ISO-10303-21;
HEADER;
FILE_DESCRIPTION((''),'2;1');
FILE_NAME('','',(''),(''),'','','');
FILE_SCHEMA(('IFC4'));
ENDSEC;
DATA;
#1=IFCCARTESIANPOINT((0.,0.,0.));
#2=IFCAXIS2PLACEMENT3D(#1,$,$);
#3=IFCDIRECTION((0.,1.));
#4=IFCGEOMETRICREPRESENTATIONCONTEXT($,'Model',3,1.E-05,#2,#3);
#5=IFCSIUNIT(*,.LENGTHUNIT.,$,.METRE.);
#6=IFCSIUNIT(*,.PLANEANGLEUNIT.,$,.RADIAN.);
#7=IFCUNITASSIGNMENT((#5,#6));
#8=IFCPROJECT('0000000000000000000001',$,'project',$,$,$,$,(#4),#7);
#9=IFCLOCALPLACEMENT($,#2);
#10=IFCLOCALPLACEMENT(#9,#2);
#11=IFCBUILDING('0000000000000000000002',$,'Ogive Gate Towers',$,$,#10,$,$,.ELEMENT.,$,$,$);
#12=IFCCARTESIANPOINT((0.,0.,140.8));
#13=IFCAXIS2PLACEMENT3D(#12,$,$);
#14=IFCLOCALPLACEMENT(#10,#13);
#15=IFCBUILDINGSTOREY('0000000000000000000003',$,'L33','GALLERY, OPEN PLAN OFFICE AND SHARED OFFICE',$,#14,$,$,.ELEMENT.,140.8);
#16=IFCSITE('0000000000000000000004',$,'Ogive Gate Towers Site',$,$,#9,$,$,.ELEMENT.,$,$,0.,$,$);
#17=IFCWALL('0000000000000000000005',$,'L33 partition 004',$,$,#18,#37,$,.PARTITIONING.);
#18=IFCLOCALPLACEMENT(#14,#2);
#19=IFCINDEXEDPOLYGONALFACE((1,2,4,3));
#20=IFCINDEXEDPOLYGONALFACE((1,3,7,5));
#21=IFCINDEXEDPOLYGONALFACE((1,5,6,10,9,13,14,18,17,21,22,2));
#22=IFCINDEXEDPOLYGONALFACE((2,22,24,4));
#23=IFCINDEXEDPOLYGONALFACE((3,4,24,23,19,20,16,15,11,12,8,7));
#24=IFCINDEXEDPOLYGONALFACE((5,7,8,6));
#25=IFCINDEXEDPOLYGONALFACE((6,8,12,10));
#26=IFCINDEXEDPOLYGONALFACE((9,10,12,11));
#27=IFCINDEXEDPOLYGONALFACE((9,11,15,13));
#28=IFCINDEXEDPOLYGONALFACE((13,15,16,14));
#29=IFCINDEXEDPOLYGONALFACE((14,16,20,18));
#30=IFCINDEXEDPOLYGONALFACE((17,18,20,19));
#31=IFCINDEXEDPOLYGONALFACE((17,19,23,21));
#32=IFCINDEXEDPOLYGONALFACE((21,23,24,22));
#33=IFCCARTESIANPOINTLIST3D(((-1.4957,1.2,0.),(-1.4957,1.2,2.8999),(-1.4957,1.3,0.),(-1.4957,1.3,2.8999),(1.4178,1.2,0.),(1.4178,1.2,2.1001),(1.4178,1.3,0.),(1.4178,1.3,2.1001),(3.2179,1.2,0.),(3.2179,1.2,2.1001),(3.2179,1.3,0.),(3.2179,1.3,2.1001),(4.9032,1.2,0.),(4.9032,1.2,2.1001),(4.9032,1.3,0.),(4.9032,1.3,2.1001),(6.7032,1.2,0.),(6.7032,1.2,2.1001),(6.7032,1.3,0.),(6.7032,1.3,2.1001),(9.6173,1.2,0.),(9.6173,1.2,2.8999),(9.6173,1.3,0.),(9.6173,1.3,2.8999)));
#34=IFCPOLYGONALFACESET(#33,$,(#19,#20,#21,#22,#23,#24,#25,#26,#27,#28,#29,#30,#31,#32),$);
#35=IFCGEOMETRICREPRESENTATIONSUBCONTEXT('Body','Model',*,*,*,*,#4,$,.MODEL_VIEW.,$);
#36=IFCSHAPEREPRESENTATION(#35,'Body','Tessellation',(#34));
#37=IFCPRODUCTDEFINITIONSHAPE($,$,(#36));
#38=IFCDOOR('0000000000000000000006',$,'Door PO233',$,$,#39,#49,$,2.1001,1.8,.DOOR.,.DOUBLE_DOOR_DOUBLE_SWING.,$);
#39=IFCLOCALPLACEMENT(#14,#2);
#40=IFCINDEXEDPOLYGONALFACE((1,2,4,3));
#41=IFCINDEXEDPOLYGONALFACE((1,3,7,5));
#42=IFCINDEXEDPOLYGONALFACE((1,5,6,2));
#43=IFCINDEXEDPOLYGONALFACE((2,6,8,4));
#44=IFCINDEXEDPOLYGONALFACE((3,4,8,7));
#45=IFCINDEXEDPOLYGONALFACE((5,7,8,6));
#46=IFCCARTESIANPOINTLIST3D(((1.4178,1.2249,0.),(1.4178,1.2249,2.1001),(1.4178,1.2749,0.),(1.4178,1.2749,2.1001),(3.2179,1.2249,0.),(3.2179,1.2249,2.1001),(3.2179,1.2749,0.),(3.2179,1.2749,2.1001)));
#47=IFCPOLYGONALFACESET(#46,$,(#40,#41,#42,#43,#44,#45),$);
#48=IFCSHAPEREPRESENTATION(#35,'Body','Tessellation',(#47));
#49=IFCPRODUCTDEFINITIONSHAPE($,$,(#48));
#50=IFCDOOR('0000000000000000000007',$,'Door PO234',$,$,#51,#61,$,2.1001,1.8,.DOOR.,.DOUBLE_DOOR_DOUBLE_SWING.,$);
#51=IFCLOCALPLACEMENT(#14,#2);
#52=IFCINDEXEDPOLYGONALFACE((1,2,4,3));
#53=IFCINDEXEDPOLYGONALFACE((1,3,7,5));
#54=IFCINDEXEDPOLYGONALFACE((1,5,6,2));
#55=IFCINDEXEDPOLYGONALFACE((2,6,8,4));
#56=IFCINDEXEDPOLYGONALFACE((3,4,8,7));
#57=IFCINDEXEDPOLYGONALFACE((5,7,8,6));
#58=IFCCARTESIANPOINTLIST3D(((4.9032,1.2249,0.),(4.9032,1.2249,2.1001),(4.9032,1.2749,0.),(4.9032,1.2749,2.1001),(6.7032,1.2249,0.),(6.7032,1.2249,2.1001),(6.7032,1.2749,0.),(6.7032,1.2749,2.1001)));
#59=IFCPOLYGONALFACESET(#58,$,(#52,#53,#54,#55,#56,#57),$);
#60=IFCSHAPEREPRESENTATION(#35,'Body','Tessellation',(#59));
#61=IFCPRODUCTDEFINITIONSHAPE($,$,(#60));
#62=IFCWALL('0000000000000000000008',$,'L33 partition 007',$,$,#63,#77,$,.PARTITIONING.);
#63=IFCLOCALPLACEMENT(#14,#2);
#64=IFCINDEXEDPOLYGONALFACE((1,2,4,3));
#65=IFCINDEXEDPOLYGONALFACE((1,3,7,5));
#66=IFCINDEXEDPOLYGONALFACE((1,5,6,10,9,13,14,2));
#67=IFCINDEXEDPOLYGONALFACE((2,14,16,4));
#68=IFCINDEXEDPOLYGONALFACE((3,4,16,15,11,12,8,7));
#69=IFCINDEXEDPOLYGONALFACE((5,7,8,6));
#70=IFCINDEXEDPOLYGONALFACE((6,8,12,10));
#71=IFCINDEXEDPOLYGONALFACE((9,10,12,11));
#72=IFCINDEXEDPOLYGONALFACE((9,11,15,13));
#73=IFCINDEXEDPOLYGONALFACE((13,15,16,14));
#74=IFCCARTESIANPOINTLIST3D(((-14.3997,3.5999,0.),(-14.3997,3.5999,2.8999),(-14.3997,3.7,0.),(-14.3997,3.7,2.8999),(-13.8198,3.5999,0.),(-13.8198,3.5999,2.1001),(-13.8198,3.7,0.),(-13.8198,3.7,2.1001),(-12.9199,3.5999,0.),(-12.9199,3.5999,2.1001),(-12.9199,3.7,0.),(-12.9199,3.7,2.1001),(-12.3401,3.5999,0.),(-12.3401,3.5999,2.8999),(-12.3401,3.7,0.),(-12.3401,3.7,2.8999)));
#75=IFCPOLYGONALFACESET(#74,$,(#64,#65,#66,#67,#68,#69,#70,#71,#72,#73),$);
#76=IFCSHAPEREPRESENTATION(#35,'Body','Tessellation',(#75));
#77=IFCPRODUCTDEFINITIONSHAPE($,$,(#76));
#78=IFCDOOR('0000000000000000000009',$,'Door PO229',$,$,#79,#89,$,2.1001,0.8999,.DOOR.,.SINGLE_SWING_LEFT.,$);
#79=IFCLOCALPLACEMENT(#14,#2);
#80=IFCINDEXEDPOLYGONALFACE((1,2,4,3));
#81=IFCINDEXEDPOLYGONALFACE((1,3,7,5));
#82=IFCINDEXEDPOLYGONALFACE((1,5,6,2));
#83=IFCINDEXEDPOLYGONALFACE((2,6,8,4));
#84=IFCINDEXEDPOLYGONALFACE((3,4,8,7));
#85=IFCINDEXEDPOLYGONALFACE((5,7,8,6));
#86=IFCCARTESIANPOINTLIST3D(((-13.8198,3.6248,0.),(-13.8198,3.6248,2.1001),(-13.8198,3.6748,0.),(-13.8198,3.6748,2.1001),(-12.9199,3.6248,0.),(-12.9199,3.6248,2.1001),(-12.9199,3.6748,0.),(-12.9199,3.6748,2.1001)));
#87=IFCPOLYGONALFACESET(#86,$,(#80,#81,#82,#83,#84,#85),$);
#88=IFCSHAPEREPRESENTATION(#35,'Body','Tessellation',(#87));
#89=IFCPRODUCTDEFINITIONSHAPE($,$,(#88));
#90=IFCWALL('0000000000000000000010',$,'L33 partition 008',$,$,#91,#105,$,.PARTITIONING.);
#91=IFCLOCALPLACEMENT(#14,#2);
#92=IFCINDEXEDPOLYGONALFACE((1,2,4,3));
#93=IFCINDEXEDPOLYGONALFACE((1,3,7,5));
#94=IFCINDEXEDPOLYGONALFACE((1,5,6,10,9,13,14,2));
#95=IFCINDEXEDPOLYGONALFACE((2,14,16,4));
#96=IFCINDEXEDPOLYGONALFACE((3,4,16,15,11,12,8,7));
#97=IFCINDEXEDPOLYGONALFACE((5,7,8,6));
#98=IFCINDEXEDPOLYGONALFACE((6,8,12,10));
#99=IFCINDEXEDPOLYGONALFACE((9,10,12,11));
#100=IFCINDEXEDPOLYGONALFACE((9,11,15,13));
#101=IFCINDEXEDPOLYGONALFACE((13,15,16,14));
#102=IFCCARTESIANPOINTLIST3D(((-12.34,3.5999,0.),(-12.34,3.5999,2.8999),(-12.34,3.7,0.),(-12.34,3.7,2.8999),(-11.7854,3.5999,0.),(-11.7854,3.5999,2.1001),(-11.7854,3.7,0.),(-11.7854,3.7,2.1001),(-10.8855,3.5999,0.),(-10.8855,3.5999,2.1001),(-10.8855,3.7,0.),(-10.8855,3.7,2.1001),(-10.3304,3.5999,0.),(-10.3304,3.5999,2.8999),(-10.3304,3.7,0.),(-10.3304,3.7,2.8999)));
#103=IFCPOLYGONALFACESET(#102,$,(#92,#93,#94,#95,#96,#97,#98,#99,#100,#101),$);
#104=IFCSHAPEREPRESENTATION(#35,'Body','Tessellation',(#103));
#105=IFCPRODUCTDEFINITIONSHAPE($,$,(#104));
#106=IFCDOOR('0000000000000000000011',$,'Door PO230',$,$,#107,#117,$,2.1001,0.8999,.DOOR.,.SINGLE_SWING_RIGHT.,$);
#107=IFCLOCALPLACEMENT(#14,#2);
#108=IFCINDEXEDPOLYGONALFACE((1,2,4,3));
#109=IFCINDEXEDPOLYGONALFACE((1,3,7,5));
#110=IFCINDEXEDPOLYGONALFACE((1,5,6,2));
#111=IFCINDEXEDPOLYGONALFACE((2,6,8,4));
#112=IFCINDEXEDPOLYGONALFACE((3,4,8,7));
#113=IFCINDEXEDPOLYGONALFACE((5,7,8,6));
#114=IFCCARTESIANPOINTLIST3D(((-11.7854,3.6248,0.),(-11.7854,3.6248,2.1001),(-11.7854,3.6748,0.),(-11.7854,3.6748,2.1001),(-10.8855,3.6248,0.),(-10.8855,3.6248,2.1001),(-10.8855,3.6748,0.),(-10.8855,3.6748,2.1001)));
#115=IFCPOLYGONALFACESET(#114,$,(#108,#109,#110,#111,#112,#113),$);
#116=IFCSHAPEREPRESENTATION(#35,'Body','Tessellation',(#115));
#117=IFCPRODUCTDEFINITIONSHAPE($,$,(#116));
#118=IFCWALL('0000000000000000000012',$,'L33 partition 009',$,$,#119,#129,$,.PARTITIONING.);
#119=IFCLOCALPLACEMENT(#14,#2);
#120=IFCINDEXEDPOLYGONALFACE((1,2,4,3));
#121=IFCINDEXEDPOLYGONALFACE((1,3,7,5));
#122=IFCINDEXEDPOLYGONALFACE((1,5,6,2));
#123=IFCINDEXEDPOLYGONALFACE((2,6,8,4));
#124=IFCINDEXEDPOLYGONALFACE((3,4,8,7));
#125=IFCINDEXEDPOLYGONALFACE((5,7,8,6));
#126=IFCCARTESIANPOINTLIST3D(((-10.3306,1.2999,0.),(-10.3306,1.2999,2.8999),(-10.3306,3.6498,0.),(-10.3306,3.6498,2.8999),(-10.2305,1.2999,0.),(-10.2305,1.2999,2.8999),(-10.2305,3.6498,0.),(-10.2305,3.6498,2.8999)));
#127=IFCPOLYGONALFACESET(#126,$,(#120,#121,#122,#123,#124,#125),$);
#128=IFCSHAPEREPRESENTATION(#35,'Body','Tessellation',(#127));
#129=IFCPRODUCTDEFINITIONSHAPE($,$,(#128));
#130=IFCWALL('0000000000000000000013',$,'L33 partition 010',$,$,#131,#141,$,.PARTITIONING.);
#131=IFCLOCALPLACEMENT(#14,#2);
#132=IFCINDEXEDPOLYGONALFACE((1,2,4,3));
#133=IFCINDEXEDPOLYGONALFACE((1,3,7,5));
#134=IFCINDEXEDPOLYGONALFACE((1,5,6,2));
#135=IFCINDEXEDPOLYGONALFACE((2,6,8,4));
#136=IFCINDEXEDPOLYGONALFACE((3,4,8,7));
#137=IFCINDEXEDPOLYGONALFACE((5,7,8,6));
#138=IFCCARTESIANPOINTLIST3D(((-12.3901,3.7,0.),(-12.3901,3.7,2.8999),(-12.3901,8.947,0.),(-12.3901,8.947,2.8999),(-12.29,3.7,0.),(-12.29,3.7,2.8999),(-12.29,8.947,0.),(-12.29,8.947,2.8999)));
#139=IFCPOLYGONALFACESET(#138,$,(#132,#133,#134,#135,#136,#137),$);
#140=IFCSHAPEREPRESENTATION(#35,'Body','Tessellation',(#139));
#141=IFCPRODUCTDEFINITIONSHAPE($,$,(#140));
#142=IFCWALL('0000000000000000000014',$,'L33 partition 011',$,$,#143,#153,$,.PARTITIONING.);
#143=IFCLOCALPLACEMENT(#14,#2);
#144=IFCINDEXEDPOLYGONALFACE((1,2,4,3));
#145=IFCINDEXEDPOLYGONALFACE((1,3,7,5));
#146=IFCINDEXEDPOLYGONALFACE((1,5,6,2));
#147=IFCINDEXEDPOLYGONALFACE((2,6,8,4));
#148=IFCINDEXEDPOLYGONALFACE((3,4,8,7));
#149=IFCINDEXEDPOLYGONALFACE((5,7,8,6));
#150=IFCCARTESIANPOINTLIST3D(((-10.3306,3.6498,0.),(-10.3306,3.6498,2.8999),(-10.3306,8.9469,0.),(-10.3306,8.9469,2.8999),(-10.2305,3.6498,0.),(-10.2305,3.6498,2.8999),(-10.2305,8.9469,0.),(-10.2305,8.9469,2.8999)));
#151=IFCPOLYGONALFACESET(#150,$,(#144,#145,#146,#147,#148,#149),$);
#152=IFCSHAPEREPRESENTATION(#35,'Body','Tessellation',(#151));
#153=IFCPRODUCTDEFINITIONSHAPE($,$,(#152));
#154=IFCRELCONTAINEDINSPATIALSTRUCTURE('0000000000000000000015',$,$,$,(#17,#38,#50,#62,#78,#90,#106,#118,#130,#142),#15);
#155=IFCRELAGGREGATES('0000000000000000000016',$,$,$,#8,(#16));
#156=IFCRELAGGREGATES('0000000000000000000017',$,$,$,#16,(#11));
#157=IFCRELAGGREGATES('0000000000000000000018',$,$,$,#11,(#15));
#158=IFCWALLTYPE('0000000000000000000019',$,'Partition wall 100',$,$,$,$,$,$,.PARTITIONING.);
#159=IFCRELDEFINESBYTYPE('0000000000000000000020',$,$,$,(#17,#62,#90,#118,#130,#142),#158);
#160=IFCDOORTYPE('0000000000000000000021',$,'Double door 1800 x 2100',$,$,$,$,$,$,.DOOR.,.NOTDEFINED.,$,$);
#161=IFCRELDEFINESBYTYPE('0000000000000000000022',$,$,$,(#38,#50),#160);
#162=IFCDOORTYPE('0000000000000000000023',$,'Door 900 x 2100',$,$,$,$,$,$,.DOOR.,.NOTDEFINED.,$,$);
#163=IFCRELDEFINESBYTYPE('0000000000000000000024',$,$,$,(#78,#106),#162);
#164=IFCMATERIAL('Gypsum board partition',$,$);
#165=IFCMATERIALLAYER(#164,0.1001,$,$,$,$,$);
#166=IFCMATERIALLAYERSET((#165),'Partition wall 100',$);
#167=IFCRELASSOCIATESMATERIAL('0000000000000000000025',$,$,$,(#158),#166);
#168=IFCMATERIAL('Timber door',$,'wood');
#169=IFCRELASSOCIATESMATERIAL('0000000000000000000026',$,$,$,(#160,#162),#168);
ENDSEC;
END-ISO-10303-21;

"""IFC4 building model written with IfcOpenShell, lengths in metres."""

from ifc_helpers import new_model, si_unit, direction, frame, frame_2d, origin, place, context, subcontext, project, spatial, rectangle, extrude, material, layer, layer_set, type_object, element, fill, save


model = new_model("IFC4")

# Units and contexts
model_context = context("Model", 3, precision=1e-05, world=origin(), true_north=direction((0.0, 1.0)))
body_context = subcontext(model_context, "Body", "Model", "MODEL_VIEW")
ifc_project = project(units=[si_unit("LENGTHUNIT", "METRE"), si_unit("PLANEANGLEUNIT", "RADIAN")], contexts=[model_context])

# Site, building, storey
site_placement = place(None, origin())
site = spatial("IfcSite", under=ifc_project, at=site_placement, Name="Ogive Gate Towers Site", CompositionType="ELEMENT", RefElevation=0.0)
building_placement = place(site_placement, origin())
building = spatial("IfcBuilding", under=site, at=building_placement, Name="Ogive Gate Towers", CompositionType="ELEMENT")
storey_placement = place(building_placement, frame((0.0, 0.0, 140.8)))
storey = spatial("IfcBuildingStorey", under=building, at=storey_placement, Name="L33", Description="GALLERY, OPEN PLAN OFFICE AND SHARED OFFICE", CompositionType="ELEMENT", Elevation=140.8)

# Shared definitions
ifc_material_1 = material(Name="Gypsum board partition")

# Shared definitions
ifc_layer_1 = layer(ifc_material_1, 0.1001)
ifc_layer_set_1 = layer_set([ifc_layer_1], Name="Partition wall 100")
wall_type_1 = type_object("IfcWallType", Name="Partition wall 100", PredefinedType="PARTITIONING", material=ifc_layer_set_1)
ifc_material_2 = material(Name="Timber door", Category="wood")
door_type_1 = type_object("IfcDoorType", Name="Double door 1800 x 2100", OperationType="NOTDEFINED", PredefinedType="DOOR", material=ifc_material_2)

# Wall, openings, doors
wall_1_placement = place(storey_placement, frame((-1.4958, 1.25, 0.0), z_axis=(0.0, 0.0, 1.0), x_axis=(1.0, 0.0, 0.0)))
wall_1 = element("IfcWall", 1, at=wall_1_placement, inside=storey, type_object=wall_type_1, Name="L33 partition 004", PredefinedType="PARTITIONING", context=body_context, shape_type="SweptSolid", body=[
    extrude(rectangle(XDim=11.113, YDim=0.1001, at=frame_2d((5.5566, 0.0))), origin(), (0.0, 0.0, 1.0), 2.8999),
])
opening_1_placement = place(wall_1_placement, frame((2.9138, 0.0, 0.0)))
opening_1 = element("IfcOpeningElement", 2, at=opening_1_placement, cuts=wall_1, PredefinedType="OPENING", context=body_context, shape_type="SweptSolid", body=[
    extrude(rectangle(XDim=1.8, YDim=2.1001, at=frame_2d((0.8999, 1.05))), frame((0.0, 0.0601, 0.0), z_axis=(0.0, -1.0, 0.0), x_axis=(1.0, 0.0, 0.0)), (0.0, 0.0, 1.0), 0.1201),
])
opening_2_placement = place(wall_1_placement, frame((6.3992, 0.0, 0.0)))
opening_2 = element("IfcOpeningElement", 3, at=opening_2_placement, cuts=wall_1, PredefinedType="OPENING", context=body_context, shape_type="SweptSolid", body=[
    extrude(rectangle(XDim=1.8, YDim=2.1001, at=frame_2d((0.8999, 1.05))), frame((0.0, 0.0601, 0.0), z_axis=(0.0, -1.0, 0.0), x_axis=(1.0, 0.0, 0.0)), (0.0, 0.0, 1.0), 0.1201),
])
door_1_placement = place(opening_1_placement, origin())
door_1 = element("IfcDoor", 4, at=door_1_placement, inside=storey, type_object=door_type_1, Name="Door PO233", OperationType="DOUBLE_DOOR_DOUBLE_SWING", OverallHeight=2.1001, OverallWidth=1.8, PredefinedType="DOOR", context=body_context, shape_type="SweptSolid", body=[
    extrude(rectangle(XDim=1.8, YDim=2.1001, at=frame_2d((0.8999, 1.05))), frame((0.0, 0.0249, 0.0), z_axis=(0.0, -1.0, 0.0), x_axis=(1.0, 0.0, 0.0)), (0.0, 0.0, 1.0), 0.05),
])
fill(opening_1, door_1)
door_2_placement = place(opening_2_placement, origin())
door_2 = element("IfcDoor", 5, at=door_2_placement, inside=storey, type_object=door_type_1, Name="Door PO234", OperationType="DOUBLE_DOOR_DOUBLE_SWING", OverallHeight=2.1001, OverallWidth=1.8, PredefinedType="DOOR", context=body_context, shape_type="SweptSolid", body=[
    extrude(rectangle(XDim=1.8, YDim=2.1001, at=frame_2d((0.8999, 1.05))), frame((0.0, 0.0249, 0.0), z_axis=(0.0, -1.0, 0.0), x_axis=(1.0, 0.0, 0.0)), (0.0, 0.0, 1.0), 0.05),
])
fill(opening_2, door_2)

# Walls, openings, doors
wall_2_placement = place(storey_placement, frame((-14.3997, 3.6499, 0.0), z_axis=(0.0, 0.0, 1.0), x_axis=(1.0, 0.0, 0.0)))
wall_2 = element("IfcWall", 6, at=wall_2_placement, inside=storey, type_object=wall_type_1, Name="L33 partition 007", PredefinedType="PARTITIONING", context=body_context, shape_type="SweptSolid", body=[
    extrude(rectangle(XDim=2.0596, YDim=0.1001, at=frame_2d((1.0298, 0.0))), origin(), (0.0, 0.0, 1.0), 2.8999),
])
opening_3_placement = place(wall_2_placement, frame((0.5798, 0.0, 0.0)))
opening_3 = element("IfcOpeningElement", 7, at=opening_3_placement, cuts=wall_2, PredefinedType="OPENING", context=body_context, shape_type="SweptSolid", body=[
    extrude(rectangle(XDim=0.8999, YDim=2.1001, at=frame_2d((0.45, 1.05))), frame((0.0, 0.0601, 0.0), z_axis=(0.0, -1.0, 0.0), x_axis=(1.0, 0.0, 0.0)), (0.0, 0.0, 1.0), 0.1201),
])
door_type_2 = type_object("IfcDoorType", Name="Door 900 x 2100", OperationType="NOTDEFINED", PredefinedType="DOOR", material=ifc_material_2)
door_3_placement = place(opening_3_placement, origin())
door_3 = element("IfcDoor", 8, at=door_3_placement, inside=storey, type_object=door_type_2, Name="Door PO229", OperationType="SINGLE_SWING_LEFT", OverallHeight=2.1001, OverallWidth=0.8999, PredefinedType="DOOR", context=body_context, shape_type="SweptSolid", body=[
    extrude(rectangle(XDim=0.8999, YDim=2.1001, at=frame_2d((0.45, 1.05))), frame((0.0, 0.0249, 0.0), z_axis=(0.0, -1.0, 0.0), x_axis=(1.0, 0.0, 0.0)), (0.0, 0.0, 1.0), 0.05),
])
fill(opening_3, door_3)
wall_3_placement = place(storey_placement, frame((-12.3401, 3.6499, 0.0), z_axis=(0.0, 0.0, 1.0), x_axis=(1.0, 0.0, 0.0)))
wall_3 = element("IfcWall", 9, at=wall_3_placement, inside=storey, type_object=wall_type_1, Name="L33 partition 008", PredefinedType="PARTITIONING", context=body_context, shape_type="SweptSolid", body=[
    extrude(rectangle(XDim=2.0095, YDim=0.1001, at=frame_2d((1.0049, 0.0))), origin(), (0.0, 0.0, 1.0), 2.8999),
])
opening_4_placement = place(wall_3_placement, frame((0.5547, 0.0, 0.0)))
opening_4 = element("IfcOpeningElement", 10, at=opening_4_placement, cuts=wall_3, PredefinedType="OPENING", context=body_context, shape_type="SweptSolid", body=[
    extrude(rectangle(XDim=0.8999, YDim=2.1001, at=frame_2d((0.45, 1.05))), frame((0.0, 0.0601, 0.0), z_axis=(0.0, -1.0, 0.0), x_axis=(1.0, 0.0, 0.0)), (0.0, 0.0, 1.0), 0.1201),
])
door_4_placement = place(opening_4_placement, origin())
door_4 = element("IfcDoor", 11, at=door_4_placement, inside=storey, type_object=door_type_2, Name="Door PO230", OperationType="SINGLE_SWING_RIGHT", OverallHeight=2.1001, OverallWidth=0.8999, PredefinedType="DOOR", context=body_context, shape_type="SweptSolid", body=[
    extrude(rectangle(XDim=0.8999, YDim=2.1001, at=frame_2d((0.45, 1.05))), frame((0.0, 0.0249, 0.0), z_axis=(0.0, -1.0, 0.0), x_axis=(1.0, 0.0, 0.0)), (0.0, 0.0, 1.0), 0.05),
])
fill(opening_4, door_4)

# Walls
wall_4_placement = place(storey_placement, frame((-10.2805, 1.3, 0.0), z_axis=(0.0, 0.0, 1.0), x_axis=(0.0, 1.0, 0.0)))
element("IfcWall", 12, at=wall_4_placement, inside=storey, type_object=wall_type_1, Name="L33 partition 009", PredefinedType="PARTITIONING", context=body_context, shape_type="SweptSolid", body=[
    extrude(rectangle(XDim=2.3499, YDim=0.1001, at=frame_2d((1.1748, 0.0))), origin(), (0.0, 0.0, 1.0), 2.8999),
])
wall_5_placement = place(storey_placement, frame((-12.3401, 3.7, 0.0), z_axis=(0.0, 0.0, 1.0), x_axis=(0.0, 1.0, 0.0)))
element("IfcWall", 13, at=wall_5_placement, inside=storey, type_object=wall_type_1, Name="L33 partition 010", PredefinedType="PARTITIONING", context=body_context, shape_type="SweptSolid", body=[
    extrude(rectangle(XDim=5.2471, YDim=0.1001, at=frame_2d((2.6235, 0.0))), origin(), (0.0, 0.0, 1.0), 2.8999),
])
wall_6_placement = place(storey_placement, frame((-10.2805, 3.6499, 0.0), z_axis=(0.0, 0.0, 1.0), x_axis=(0.0, 1.0, 0.0)))
element("IfcWall", 14, at=wall_6_placement, inside=storey, type_object=wall_type_1, Name="L33 partition 011", PredefinedType="PARTITIONING", context=body_context, shape_type="SweptSolid", body=[
    extrude(rectangle(XDim=5.2971, YDim=0.1001, at=frame_2d((2.6484, 0.0))), origin(), (0.0, 0.0, 1.0), 2.8999),
])

save(model, "model.ifc")
